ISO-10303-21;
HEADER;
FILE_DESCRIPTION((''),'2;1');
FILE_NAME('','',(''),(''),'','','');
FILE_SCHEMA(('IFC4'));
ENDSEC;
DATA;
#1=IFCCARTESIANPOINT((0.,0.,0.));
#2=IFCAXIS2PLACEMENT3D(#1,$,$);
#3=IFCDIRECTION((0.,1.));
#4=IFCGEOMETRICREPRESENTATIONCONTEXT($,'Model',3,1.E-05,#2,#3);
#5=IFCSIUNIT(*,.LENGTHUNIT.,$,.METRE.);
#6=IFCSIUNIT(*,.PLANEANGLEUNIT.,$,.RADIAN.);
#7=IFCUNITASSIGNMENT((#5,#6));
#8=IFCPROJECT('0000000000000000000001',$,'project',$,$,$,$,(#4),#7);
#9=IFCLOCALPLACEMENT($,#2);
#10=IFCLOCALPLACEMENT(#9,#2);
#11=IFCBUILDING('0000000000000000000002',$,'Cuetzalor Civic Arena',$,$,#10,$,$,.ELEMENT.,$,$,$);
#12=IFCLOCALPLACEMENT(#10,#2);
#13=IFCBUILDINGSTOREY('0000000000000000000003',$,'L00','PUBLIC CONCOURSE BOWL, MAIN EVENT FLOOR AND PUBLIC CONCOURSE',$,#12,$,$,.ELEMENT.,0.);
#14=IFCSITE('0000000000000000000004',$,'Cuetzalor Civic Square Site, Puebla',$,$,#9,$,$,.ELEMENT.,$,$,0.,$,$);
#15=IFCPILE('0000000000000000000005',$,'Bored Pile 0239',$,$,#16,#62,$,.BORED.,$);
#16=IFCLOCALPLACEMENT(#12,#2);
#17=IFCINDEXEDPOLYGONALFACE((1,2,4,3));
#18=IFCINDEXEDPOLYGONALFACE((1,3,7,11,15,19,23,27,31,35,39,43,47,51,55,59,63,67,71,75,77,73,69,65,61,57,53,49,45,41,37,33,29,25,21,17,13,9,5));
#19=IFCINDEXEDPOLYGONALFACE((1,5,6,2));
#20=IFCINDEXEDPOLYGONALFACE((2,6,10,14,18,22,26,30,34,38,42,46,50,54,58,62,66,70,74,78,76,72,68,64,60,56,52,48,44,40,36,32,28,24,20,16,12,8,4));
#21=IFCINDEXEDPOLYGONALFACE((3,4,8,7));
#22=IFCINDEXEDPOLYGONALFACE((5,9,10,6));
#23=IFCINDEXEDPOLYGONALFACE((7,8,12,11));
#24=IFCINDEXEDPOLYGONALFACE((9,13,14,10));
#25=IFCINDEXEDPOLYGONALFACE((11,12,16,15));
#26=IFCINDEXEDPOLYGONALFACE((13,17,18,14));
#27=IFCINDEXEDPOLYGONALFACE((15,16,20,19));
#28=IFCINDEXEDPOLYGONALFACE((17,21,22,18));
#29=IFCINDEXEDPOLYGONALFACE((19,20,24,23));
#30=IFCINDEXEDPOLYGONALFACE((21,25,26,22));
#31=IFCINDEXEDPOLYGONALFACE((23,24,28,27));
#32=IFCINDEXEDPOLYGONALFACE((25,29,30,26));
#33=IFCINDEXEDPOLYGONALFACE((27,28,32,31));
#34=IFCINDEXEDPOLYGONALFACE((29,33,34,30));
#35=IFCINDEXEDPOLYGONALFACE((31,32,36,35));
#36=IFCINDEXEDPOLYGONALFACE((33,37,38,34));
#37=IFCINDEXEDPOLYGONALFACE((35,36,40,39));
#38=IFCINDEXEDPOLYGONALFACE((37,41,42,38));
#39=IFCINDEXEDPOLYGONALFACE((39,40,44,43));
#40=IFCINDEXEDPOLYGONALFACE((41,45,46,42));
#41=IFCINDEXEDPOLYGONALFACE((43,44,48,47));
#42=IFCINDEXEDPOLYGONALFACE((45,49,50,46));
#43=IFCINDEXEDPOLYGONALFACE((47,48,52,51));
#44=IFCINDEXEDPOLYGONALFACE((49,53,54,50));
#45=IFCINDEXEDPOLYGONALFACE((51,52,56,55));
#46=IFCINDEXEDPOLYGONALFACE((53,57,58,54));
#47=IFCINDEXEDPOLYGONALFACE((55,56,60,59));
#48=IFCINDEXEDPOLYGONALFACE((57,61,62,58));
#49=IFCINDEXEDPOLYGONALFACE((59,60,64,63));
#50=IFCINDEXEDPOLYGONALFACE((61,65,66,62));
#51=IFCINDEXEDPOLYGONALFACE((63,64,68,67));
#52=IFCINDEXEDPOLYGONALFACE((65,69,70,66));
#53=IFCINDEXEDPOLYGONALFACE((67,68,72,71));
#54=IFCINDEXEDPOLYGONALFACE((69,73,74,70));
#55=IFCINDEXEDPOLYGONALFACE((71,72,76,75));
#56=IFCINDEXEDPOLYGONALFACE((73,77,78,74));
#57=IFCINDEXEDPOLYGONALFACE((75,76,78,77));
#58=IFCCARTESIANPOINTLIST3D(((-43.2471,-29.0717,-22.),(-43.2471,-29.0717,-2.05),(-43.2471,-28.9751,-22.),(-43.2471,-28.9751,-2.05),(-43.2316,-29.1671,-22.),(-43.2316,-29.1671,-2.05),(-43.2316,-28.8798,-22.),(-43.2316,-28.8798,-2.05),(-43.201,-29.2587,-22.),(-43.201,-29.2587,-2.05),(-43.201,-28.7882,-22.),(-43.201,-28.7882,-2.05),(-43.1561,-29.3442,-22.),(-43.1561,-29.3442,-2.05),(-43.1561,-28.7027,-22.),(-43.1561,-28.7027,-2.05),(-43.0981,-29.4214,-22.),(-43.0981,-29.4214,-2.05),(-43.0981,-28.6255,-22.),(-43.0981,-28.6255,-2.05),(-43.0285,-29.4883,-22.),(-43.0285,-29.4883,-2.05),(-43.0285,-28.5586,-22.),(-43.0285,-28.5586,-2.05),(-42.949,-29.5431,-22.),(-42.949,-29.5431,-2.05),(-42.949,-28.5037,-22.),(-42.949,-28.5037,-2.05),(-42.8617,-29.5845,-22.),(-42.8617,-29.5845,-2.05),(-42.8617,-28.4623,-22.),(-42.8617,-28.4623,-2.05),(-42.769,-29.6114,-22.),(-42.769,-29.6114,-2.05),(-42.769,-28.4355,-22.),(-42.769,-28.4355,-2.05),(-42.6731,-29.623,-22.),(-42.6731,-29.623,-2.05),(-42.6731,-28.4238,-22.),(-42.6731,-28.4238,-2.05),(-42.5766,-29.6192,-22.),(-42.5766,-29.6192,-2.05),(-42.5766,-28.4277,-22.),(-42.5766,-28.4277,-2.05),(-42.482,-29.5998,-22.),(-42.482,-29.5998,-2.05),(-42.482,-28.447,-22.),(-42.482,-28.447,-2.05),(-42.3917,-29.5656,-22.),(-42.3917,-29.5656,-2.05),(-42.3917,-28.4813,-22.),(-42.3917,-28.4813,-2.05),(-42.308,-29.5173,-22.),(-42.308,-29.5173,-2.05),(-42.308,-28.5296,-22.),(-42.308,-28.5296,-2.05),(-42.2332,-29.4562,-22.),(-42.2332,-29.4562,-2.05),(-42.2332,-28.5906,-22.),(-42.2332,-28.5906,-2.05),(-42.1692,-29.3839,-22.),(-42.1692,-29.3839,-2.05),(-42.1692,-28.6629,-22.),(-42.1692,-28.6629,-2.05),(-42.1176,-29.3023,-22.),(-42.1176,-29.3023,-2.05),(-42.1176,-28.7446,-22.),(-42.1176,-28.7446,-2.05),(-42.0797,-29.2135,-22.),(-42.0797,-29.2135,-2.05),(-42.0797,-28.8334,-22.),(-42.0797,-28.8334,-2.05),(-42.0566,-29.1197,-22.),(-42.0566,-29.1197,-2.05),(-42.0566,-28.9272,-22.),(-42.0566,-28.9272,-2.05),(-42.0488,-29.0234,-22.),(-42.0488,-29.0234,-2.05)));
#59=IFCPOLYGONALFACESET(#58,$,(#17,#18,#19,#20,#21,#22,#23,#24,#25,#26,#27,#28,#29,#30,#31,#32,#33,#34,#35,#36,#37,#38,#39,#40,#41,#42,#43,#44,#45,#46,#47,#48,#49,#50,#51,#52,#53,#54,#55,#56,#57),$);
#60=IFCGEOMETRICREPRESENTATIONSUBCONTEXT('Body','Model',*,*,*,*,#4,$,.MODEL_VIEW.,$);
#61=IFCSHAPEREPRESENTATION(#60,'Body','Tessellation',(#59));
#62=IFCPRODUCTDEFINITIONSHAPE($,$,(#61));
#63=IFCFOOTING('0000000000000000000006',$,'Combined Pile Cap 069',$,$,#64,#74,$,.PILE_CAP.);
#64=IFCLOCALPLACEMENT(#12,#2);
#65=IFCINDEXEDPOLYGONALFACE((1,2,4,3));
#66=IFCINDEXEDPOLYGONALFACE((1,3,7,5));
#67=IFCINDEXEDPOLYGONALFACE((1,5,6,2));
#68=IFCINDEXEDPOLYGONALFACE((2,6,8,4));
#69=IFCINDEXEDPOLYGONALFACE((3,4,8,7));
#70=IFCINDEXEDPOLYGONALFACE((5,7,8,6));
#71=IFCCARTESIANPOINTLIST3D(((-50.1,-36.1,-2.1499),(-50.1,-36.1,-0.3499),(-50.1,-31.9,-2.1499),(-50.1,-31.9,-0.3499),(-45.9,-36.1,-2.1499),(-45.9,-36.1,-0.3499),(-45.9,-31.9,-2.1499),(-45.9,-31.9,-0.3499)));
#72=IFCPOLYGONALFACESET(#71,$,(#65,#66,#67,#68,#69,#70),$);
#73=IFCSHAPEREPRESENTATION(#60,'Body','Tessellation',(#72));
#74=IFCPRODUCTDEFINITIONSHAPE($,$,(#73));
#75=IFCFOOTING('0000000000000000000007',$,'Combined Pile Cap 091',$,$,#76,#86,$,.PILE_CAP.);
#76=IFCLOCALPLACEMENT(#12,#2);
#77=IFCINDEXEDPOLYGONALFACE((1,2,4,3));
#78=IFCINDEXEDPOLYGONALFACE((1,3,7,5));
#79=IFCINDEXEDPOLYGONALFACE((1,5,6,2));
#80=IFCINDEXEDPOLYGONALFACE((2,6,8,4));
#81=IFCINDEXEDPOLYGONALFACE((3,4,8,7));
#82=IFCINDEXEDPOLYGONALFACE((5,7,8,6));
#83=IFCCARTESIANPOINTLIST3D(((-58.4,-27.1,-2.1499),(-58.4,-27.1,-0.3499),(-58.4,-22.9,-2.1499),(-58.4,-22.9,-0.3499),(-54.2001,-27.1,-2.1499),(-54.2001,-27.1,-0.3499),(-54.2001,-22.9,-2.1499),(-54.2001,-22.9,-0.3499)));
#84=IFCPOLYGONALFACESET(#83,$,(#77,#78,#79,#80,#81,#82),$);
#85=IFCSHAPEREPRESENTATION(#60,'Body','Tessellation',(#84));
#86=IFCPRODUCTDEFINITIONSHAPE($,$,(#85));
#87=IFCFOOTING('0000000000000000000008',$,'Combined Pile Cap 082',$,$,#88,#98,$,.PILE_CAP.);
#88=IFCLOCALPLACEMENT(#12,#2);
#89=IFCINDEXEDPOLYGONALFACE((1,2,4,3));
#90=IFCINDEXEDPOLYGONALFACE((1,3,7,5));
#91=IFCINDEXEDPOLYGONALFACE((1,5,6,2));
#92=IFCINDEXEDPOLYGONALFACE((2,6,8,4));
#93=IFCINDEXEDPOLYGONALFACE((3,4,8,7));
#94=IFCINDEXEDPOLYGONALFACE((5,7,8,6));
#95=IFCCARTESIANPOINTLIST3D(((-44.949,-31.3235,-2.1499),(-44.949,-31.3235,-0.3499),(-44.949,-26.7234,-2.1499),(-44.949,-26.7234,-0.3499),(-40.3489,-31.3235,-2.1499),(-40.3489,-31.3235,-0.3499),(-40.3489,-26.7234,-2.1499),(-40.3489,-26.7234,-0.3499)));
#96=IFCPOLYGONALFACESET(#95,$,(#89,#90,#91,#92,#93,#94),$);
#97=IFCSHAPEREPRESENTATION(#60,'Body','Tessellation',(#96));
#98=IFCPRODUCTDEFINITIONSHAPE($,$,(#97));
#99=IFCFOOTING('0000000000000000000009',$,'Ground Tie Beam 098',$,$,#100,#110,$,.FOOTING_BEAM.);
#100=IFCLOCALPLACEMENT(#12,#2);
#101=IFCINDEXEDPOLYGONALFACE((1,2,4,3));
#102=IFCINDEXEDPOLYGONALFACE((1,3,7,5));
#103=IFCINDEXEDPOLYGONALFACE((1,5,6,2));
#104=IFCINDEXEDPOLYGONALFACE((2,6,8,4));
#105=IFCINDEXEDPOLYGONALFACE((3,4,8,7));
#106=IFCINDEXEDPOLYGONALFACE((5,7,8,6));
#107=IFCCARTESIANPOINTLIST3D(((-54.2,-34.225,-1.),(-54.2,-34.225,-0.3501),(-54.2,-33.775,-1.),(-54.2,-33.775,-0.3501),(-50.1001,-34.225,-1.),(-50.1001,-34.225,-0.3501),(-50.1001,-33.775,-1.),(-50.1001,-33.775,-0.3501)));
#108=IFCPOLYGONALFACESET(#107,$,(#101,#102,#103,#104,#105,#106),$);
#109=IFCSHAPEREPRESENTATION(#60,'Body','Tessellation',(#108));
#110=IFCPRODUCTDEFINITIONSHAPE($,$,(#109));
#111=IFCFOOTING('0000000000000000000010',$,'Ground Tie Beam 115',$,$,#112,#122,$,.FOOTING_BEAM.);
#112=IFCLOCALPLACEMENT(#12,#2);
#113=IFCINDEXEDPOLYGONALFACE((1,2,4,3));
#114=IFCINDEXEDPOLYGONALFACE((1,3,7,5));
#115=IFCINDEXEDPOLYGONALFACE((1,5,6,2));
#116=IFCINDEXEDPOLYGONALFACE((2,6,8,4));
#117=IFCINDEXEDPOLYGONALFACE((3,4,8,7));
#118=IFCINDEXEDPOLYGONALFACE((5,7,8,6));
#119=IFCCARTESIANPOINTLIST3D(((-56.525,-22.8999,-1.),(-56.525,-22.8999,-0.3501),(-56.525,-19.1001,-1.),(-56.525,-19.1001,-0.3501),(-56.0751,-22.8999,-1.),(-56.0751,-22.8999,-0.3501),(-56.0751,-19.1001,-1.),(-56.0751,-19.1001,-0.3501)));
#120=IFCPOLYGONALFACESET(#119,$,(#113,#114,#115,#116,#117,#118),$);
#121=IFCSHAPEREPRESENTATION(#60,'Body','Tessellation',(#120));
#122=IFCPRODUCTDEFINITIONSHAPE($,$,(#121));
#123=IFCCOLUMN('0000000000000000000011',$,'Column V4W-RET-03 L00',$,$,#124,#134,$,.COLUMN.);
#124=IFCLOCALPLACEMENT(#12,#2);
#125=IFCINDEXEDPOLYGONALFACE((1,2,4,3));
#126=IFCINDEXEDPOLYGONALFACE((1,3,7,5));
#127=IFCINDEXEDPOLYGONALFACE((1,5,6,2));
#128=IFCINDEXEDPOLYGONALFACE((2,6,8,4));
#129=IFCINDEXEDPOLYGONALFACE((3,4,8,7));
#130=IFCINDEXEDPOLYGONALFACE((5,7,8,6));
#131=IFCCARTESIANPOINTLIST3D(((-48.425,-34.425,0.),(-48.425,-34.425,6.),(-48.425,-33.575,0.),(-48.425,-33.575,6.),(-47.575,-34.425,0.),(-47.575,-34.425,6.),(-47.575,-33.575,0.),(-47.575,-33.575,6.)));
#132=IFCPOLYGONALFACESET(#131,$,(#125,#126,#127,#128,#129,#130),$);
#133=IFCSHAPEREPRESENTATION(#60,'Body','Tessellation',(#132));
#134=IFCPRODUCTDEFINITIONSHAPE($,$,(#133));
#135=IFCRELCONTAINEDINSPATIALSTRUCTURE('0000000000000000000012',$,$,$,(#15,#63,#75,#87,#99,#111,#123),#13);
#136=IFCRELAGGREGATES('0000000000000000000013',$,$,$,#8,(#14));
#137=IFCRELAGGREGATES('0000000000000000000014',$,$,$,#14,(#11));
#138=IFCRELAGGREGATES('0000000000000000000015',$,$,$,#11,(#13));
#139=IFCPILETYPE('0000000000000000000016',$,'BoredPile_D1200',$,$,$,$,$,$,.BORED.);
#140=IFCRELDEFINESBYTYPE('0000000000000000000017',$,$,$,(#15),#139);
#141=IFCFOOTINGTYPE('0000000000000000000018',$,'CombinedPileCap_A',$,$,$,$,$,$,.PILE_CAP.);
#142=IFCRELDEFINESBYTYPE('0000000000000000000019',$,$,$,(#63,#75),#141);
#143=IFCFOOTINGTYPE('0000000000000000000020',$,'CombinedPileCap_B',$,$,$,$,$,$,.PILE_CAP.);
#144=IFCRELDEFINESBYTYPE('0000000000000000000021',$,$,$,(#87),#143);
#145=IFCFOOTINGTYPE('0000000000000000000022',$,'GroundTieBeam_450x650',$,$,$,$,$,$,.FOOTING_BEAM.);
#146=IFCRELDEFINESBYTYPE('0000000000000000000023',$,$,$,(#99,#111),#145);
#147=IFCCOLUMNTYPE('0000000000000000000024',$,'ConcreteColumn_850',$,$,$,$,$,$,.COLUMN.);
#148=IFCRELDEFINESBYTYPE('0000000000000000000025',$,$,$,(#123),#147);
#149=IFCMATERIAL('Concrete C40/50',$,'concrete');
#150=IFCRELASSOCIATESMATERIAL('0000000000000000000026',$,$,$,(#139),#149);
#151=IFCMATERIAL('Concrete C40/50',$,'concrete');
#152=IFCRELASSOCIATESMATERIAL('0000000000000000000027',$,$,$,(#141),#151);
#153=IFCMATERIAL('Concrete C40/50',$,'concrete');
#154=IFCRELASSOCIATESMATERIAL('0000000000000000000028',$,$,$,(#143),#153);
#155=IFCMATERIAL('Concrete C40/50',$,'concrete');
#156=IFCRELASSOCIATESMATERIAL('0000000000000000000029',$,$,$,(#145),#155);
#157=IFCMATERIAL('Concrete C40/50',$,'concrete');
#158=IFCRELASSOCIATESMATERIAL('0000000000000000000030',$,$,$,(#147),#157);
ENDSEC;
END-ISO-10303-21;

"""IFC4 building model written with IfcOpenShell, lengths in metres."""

from ifc_helpers import new_model, si_unit, direction, frame, origin, origin_2d, place, context, subcontext, project, spatial, rectangle, circle, extrude, material, material_profile, profile_set, type_object, element, save


model = new_model("IFC4")

# Units and contexts
model_context = context("Model", 3, precision=1e-05, world=origin(), true_north=direction((0.0, 1.0)))
body_context = subcontext(model_context, "Body", "Model", "MODEL_VIEW")
ifc_project = project(units=[si_unit("LENGTHUNIT", "METRE"), si_unit("PLANEANGLEUNIT", "RADIAN")], contexts=[model_context])

# Site, building, storey
site_placement = place(None, origin())
site = spatial("IfcSite", under=ifc_project, at=site_placement, Name="Cuetzalor Civic Square Site, Puebla", CompositionType="ELEMENT", RefElevation=0.0)
building_placement = place(site_placement, origin())
building = spatial("IfcBuilding", under=site, at=building_placement, Name="Cuetzalor Civic Arena", CompositionType="ELEMENT")
storey_placement = place(building_placement, origin())
storey = spatial("IfcBuildingStorey", under=building, at=storey_placement, Name="L00", Description="PUBLIC CONCOURSE BOWL, MAIN EVENT FLOOR AND PUBLIC CONCOURSE", CompositionType="ELEMENT", Elevation=0.0)

# Pile
ifc_material_1 = material(Name="Concrete C40/50", Category="concrete")
ifc_material_profile_1 = material_profile(ifc_material_1, circle(Radius=0.6001, at=origin_2d()), Name="BORED PILE D1200")
ifc_profile_set_1 = profile_set([ifc_material_profile_1], Name="Concrete C40/50")
pile_type_1 = type_object("IfcPileType", Name="BoredPile_D1200", PredefinedType="BORED", material=ifc_profile_set_1)
pile_placement = place(storey_placement, frame((-42.6489, -29.0234, -2.05), z_axis=(0.0, 0.0, -1.0), x_axis=(1.0, 0.0, 0.0)))
element("IfcPile", 1, at=pile_placement, inside=storey, type_object=pile_type_1, Name="Bored Pile 0239", PredefinedType="BORED", context=body_context, shape_type="SweptSolid", body=[
    extrude(circle(Radius=0.6001, at=origin_2d()), origin(), (0.0, 0.0, 1.0), 19.95),
])

# Footings
ifc_material_2 = material(Name="Concrete C40/50", Category="concrete")
footing_type_1 = type_object("IfcFootingType", Name="CombinedPileCap_A", PredefinedType="PILE_CAP", material=ifc_material_2)
for number, where, z_axis, x_axis, name in (
    (2, (-48.0, -34.0, -2.1499), (0.0, 0.0, 1.0), (1.0, 0.0, 0.0), "Combined Pile Cap 069"),
    (3, (-56.3, -25.0, -2.1499), (0.0, 0.0, 1.0), (1.0, 0.0, 0.0), "Combined Pile Cap 091"),
):
    element("IfcFooting", number, at=place(storey_placement, frame(where, z_axis=z_axis, x_axis=x_axis)), inside=storey, type_object=footing_type_1, Name=name, PredefinedType="PILE_CAP", context=body_context, shape_type="SweptSolid", body=[
        extrude(rectangle(XDim=4.2, YDim=4.2, at=origin_2d()), origin(), (0.0, 0.0, 1.0), 1.8),
    ])
ifc_material_3 = material(Name="Concrete C40/50", Category="concrete")
footing_type_2 = type_object("IfcFootingType", Name="CombinedPileCap_B", PredefinedType="PILE_CAP", material=ifc_material_3)
footing_1_placement = place(storey_placement, frame((-42.6489, -29.0234, -2.1499), z_axis=(0.0, 0.0, 1.0), x_axis=(1.0, 0.0, 0.0)))
element("IfcFooting", 4, at=footing_1_placement, inside=storey, type_object=footing_type_2, Name="Combined Pile Cap 082", PredefinedType="PILE_CAP", context=body_context, shape_type="SweptSolid", body=[
    extrude(rectangle(XDim=4.6001, YDim=4.6001, at=origin_2d()), origin(), (0.0, 0.0, 1.0), 1.8),
])
ifc_material_4 = material(Name="Concrete C40/50", Category="concrete")
ifc_material_profile_2 = material_profile(ifc_material_4, rectangle(XDim=0.45, YDim=0.6499, at=origin_2d()), Name="RC 450x650")
ifc_profile_set_2 = profile_set([ifc_material_profile_2], Name="Concrete C40/50")
footing_type_3 = type_object("IfcFootingType", Name="GroundTieBeam_450x650", PredefinedType="FOOTING_BEAM", material=ifc_profile_set_2)
footing_2_placement = place(storey_placement, frame((-54.2, -34.0, -0.675), z_axis=(1.0, 0.0, 0.0), x_axis=(0.0, 1.0, 0.0)))
element("IfcFooting", 5, at=footing_2_placement, inside=storey, type_object=footing_type_3, Name="Ground Tie Beam 098", PredefinedType="FOOTING_BEAM", context=body_context, shape_type="SweptSolid", body=[
    extrude(rectangle(XDim=0.45, YDim=0.6499, at=origin_2d()), origin(), (0.0, 0.0, 1.0), 4.0999),
])
footing_3_placement = place(storey_placement, frame((-56.3, -22.8999, -0.675), z_axis=(0.0, 1.0, 0.0), x_axis=(-1.0, 0.0, 0.0)))
element("IfcFooting", 6, at=footing_3_placement, inside=storey, type_object=footing_type_3, Name="Ground Tie Beam 115", PredefinedType="FOOTING_BEAM", context=body_context, shape_type="SweptSolid", body=[
    extrude(rectangle(XDim=0.45, YDim=0.6499, at=origin_2d()), origin(), (0.0, 0.0, 1.0), 3.7998),
])

# Column
ifc_material_5 = material(Name="Concrete C40/50", Category="concrete")
ifc_material_profile_3 = material_profile(ifc_material_5, rectangle(XDim=0.8501, YDim=0.8501, at=origin_2d()), Name="RC 850x850")
ifc_profile_set_3 = profile_set([ifc_material_profile_3], Name="Concrete C40/50")
column_type_1 = type_object("IfcColumnType", Name="ConcreteColumn_850", PredefinedType="COLUMN", material=ifc_profile_set_3)
column_1_placement = place(storey_placement, frame((-48.0, -34.0, 0.0), z_axis=(0.0, 0.0, 1.0), x_axis=(1.0, 0.0, 0.0)))
element("IfcColumn", 7, at=column_1_placement, inside=storey, type_object=column_type_1, Name="Column V4W-RET-03 L00", PredefinedType="COLUMN", context=body_context, shape_type="SweptSolid", body=[
    extrude(rectangle(XDim=0.8501, YDim=0.8501, at=origin_2d()), origin(), (0.0, 0.0, 1.0), 6.0),
])

save(model, "model.ifc")
